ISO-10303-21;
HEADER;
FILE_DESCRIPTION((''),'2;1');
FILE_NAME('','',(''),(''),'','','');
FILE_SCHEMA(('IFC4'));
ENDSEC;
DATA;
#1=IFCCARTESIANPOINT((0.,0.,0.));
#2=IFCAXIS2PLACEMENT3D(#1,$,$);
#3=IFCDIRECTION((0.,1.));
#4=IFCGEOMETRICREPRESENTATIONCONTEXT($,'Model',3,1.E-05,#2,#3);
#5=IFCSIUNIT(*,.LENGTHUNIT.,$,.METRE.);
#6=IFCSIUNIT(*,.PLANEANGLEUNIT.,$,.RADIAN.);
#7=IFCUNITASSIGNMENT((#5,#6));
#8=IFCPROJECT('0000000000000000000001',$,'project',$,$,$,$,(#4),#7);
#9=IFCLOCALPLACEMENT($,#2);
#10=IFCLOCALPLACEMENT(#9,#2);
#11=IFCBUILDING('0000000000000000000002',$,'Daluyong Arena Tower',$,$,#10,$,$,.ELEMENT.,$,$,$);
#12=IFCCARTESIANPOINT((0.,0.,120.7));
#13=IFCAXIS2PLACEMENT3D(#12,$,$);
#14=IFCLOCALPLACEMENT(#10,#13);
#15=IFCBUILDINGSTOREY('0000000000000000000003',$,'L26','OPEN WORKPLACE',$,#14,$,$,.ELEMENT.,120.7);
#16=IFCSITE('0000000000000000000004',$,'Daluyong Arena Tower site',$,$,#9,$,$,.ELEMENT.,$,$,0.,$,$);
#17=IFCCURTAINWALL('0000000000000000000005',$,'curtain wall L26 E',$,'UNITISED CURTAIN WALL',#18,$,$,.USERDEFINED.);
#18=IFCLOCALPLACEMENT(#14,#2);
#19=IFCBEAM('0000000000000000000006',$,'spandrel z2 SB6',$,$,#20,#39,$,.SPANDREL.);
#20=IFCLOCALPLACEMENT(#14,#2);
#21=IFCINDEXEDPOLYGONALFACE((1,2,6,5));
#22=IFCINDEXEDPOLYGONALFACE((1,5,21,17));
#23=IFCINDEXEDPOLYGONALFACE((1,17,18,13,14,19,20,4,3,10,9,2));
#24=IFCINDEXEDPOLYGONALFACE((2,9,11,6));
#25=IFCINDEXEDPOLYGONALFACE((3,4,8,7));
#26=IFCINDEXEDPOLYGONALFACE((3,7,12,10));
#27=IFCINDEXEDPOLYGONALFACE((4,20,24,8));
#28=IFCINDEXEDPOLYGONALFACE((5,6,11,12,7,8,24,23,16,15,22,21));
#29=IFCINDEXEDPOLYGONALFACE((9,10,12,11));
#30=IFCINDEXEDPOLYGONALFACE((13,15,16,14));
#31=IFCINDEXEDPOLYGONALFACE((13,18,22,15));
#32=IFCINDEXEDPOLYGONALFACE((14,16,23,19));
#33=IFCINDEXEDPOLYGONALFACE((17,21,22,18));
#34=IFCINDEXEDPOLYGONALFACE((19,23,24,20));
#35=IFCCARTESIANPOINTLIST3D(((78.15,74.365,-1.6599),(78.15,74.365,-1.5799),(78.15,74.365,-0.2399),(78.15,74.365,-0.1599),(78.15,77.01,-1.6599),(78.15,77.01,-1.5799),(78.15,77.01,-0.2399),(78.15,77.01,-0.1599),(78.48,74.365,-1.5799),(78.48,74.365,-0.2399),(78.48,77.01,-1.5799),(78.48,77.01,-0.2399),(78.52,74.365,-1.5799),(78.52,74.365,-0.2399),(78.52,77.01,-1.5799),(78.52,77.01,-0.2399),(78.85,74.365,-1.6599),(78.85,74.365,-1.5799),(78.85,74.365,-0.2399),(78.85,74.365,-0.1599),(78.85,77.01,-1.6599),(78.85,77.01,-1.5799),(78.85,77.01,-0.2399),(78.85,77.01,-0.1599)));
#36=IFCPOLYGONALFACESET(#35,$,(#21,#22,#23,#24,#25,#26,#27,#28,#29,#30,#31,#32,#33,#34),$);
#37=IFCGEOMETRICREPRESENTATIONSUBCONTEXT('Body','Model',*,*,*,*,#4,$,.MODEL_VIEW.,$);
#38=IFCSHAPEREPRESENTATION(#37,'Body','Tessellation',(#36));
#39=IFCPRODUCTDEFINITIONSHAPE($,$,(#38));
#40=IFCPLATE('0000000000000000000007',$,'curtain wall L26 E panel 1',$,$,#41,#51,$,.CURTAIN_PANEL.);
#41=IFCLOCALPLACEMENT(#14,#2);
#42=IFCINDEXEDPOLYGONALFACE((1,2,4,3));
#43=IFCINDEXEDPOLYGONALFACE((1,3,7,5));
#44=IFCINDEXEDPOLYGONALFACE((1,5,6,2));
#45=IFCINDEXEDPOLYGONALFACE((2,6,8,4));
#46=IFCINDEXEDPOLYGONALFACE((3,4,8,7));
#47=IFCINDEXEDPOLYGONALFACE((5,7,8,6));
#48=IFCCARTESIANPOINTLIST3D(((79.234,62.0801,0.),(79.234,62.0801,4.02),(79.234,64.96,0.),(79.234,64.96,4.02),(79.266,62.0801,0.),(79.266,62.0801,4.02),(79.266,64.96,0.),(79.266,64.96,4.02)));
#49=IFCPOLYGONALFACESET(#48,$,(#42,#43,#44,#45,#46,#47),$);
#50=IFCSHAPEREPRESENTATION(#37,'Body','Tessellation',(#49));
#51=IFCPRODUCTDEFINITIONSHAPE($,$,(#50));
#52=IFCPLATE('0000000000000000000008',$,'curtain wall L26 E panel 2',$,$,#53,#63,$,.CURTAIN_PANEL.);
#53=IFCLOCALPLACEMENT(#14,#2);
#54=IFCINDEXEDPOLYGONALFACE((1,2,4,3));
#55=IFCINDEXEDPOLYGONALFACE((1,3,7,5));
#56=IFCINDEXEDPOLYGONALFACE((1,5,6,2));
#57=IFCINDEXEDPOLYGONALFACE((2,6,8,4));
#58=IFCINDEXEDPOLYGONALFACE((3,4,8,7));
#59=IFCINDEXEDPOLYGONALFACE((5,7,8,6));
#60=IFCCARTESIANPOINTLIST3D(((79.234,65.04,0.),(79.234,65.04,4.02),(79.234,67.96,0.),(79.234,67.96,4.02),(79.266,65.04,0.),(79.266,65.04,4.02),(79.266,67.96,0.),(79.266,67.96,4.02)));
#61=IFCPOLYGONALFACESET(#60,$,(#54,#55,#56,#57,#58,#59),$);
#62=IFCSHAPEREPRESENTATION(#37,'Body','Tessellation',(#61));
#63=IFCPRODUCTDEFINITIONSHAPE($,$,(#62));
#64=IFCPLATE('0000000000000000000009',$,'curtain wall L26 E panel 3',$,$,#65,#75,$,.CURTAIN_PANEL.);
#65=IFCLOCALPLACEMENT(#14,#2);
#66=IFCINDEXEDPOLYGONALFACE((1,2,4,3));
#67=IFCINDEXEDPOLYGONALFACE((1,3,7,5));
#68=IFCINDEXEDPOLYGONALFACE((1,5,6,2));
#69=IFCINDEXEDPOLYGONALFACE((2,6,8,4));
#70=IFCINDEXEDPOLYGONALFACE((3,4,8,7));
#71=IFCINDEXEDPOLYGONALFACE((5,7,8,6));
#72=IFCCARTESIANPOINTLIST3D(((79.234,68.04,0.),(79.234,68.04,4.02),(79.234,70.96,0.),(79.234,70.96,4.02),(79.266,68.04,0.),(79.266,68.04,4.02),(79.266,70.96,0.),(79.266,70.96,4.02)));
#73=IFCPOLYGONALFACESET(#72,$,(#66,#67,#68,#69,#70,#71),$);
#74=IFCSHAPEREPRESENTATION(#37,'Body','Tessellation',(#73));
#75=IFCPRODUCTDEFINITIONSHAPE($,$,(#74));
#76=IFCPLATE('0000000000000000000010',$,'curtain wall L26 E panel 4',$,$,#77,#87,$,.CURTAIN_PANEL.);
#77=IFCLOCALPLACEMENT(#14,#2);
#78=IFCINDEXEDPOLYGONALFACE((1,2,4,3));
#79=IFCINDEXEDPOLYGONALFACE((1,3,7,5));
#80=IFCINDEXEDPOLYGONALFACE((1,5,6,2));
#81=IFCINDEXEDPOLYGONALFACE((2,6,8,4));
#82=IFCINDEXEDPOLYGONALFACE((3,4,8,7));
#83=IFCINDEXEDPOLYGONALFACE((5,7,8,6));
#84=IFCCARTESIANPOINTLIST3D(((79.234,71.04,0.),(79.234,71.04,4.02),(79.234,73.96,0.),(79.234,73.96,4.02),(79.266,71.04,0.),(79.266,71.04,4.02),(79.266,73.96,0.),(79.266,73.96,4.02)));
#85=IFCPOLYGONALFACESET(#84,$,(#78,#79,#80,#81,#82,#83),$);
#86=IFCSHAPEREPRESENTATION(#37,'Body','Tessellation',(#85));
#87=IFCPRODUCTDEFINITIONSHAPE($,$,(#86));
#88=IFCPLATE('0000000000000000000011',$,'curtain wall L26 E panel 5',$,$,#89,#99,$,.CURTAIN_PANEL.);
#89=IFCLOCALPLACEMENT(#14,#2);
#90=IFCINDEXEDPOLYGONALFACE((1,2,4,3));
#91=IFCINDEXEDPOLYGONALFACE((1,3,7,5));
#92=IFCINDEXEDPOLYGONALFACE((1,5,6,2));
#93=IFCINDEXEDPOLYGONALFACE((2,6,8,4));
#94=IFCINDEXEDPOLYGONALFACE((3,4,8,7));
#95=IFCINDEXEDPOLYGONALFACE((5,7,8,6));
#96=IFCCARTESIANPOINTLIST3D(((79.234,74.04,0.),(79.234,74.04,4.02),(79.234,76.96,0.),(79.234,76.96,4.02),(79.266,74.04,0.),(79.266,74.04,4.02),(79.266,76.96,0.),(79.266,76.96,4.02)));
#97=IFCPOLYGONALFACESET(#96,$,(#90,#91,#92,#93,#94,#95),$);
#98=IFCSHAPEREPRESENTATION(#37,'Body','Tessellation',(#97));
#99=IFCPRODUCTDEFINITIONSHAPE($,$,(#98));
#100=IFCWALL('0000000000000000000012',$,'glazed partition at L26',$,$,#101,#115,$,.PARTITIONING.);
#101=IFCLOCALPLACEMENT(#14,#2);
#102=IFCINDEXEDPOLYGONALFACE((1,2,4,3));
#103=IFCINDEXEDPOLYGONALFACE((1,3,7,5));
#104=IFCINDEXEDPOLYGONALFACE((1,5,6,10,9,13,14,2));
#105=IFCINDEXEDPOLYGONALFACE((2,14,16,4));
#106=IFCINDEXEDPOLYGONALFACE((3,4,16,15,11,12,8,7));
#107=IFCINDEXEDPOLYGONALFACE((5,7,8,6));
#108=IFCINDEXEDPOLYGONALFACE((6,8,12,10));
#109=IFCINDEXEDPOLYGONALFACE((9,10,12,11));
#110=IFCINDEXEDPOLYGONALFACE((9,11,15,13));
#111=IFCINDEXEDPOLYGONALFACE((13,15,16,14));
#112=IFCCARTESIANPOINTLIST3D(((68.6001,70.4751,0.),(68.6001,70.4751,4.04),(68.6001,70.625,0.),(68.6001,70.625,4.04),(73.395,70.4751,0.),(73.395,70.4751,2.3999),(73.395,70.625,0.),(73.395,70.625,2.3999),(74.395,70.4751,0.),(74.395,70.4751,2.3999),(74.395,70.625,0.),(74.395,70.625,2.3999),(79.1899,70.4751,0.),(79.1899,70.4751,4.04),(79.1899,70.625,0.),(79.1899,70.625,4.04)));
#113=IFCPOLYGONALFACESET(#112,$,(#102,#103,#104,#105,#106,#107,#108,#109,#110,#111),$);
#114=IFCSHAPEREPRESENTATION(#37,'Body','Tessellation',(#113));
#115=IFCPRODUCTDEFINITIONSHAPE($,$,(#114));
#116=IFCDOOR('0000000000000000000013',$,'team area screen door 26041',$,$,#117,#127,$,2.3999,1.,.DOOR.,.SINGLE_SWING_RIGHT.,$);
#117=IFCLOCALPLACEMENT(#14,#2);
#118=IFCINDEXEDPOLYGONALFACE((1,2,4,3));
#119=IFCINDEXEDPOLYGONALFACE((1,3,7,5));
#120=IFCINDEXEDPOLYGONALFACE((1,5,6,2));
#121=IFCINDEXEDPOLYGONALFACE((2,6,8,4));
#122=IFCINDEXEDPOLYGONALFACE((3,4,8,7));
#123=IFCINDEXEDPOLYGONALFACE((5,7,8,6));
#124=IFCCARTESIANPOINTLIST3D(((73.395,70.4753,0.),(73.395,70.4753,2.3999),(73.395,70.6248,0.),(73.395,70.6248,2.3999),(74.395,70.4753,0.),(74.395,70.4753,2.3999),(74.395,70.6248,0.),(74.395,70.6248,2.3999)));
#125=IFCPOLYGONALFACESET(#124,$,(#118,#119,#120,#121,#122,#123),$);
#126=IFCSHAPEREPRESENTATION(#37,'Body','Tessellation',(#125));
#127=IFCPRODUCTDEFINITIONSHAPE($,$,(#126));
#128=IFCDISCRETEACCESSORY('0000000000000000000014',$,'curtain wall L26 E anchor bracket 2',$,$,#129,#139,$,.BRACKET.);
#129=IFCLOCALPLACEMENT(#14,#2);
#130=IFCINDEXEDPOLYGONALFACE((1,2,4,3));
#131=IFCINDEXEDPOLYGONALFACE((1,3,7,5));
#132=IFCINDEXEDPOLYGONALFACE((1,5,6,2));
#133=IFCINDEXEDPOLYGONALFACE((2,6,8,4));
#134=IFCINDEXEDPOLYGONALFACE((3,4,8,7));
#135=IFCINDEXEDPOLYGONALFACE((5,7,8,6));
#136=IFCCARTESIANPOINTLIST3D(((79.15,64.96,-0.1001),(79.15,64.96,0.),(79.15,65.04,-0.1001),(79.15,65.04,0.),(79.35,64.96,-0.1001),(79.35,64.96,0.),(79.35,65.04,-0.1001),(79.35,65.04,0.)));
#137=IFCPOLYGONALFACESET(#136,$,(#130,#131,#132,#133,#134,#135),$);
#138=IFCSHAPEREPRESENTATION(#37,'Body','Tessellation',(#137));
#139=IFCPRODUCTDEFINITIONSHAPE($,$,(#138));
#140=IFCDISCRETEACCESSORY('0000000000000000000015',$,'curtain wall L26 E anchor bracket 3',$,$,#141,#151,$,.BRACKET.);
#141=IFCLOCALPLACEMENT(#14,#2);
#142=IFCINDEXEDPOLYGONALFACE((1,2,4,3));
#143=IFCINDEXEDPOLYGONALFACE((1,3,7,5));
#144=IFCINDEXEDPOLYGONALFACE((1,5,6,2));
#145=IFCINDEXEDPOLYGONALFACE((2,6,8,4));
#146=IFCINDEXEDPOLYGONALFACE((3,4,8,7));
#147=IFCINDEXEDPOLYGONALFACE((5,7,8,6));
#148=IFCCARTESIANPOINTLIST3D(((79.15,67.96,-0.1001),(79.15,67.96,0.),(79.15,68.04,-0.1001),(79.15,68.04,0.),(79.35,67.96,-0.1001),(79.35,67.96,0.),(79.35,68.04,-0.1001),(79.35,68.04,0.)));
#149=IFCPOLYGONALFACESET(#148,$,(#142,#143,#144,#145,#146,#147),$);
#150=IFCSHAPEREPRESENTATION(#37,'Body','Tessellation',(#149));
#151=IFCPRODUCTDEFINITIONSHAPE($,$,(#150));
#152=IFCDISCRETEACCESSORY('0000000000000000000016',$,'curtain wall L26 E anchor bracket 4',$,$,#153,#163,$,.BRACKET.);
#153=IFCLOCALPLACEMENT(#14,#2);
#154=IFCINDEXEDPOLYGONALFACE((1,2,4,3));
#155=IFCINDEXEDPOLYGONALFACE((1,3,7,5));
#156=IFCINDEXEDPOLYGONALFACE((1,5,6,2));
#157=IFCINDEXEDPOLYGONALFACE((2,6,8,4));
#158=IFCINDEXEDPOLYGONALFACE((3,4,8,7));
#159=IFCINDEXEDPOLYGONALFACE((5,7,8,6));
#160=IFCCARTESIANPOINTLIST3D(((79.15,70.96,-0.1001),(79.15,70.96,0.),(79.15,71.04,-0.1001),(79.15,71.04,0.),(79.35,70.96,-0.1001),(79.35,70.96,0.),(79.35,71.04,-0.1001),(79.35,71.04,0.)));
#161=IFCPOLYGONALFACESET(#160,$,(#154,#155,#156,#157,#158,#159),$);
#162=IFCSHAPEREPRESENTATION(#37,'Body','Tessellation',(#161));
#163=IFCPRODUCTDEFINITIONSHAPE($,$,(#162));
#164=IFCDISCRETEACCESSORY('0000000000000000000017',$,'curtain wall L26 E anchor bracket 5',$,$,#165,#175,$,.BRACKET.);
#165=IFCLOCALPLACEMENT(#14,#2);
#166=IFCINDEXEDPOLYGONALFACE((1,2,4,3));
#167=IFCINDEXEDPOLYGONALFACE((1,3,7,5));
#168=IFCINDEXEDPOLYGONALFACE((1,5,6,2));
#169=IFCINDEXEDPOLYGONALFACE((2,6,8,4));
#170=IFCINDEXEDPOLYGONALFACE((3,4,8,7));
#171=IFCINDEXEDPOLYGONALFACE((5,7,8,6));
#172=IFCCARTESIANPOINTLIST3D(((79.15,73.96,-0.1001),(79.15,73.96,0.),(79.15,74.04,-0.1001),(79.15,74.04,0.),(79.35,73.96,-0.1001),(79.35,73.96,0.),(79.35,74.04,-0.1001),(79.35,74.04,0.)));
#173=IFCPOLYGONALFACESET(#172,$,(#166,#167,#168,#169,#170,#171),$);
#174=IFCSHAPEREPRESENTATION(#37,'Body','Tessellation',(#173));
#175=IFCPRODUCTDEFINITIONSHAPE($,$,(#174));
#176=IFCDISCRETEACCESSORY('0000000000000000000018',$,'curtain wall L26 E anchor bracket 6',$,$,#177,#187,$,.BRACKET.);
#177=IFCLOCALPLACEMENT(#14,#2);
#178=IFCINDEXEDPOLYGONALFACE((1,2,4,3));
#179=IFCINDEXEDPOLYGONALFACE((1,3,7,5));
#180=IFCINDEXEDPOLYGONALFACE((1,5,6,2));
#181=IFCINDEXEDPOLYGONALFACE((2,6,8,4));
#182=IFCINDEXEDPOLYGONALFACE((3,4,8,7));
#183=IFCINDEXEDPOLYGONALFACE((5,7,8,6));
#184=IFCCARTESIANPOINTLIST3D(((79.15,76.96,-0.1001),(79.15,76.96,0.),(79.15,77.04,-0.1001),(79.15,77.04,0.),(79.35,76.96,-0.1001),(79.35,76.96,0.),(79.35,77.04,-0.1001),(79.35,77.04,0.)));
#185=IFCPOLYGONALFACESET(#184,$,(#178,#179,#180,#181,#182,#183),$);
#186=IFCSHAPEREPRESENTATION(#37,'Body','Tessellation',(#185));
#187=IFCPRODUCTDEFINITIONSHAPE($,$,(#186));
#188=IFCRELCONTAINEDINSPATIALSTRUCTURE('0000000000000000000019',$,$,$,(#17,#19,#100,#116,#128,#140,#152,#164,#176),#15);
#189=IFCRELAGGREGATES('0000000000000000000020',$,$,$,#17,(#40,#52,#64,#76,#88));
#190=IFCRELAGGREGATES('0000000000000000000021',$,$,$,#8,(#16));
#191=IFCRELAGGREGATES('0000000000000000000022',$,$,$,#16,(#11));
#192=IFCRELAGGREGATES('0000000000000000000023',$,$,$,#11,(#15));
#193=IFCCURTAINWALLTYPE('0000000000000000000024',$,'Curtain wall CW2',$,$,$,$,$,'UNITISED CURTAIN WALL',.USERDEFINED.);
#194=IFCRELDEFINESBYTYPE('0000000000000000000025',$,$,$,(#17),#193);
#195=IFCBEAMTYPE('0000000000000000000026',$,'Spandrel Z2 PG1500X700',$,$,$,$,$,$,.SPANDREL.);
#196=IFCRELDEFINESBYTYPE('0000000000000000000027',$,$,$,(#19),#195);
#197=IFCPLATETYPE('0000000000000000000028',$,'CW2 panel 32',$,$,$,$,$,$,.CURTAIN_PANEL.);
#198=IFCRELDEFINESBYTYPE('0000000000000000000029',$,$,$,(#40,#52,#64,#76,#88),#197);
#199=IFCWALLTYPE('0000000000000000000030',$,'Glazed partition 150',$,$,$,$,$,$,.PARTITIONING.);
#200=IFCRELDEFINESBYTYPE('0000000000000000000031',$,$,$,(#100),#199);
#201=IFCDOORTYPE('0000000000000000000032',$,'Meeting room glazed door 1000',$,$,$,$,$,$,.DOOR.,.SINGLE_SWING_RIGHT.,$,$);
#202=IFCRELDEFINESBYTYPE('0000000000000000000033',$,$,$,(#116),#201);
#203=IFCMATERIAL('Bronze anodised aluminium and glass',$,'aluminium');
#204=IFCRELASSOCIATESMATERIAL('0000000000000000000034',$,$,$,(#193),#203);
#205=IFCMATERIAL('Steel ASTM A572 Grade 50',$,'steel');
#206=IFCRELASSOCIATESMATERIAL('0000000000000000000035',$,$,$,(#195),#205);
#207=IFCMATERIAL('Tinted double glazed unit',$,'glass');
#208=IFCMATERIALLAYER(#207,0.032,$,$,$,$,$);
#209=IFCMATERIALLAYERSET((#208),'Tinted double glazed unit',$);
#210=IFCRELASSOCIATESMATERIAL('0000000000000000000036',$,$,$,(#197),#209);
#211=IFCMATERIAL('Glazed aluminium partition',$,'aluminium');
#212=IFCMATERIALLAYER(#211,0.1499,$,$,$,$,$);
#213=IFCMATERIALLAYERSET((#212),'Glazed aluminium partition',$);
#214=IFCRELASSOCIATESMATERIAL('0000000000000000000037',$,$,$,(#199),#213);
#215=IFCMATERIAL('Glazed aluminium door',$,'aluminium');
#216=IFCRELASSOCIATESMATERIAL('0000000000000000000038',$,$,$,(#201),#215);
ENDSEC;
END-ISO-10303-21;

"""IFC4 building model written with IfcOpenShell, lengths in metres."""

from ifc_helpers import new_model, si_unit, direction, frame, frame_2d, origin, origin_2d, place, context, subcontext, project, spatial, rectangle, i_section, extrude, material, layer, layer_set, material_profile, profile_set, type_object, element, fill, aggregate, save


model = new_model("IFC4")

# Units and contexts
model_context = context("Model", 3, precision=1e-05, world=origin(), true_north=direction((0.0, 1.0)))
body_context = subcontext(model_context, "Body", "Model", "MODEL_VIEW")
ifc_project = project(units=[si_unit("LENGTHUNIT", "METRE"), si_unit("PLANEANGLEUNIT", "RADIAN")], contexts=[model_context])

# Site, building, storey
site_placement = place(None, origin())
site = spatial("IfcSite", under=ifc_project, at=site_placement, Name="Daluyong Arena Tower site", CompositionType="ELEMENT", RefElevation=0.0)
building_placement = place(site_placement, origin())
building = spatial("IfcBuilding", under=site, at=building_placement, Name="Daluyong Arena Tower", CompositionType="ELEMENT")
storey_placement = place(building_placement, frame((0.0, 0.0, 120.7)))
storey = spatial("IfcBuildingStorey", under=building, at=storey_placement, Name="L26", Description="OPEN WORKPLACE", CompositionType="ELEMENT", Elevation=120.7)

# Curtain wall
ifc_material_1 = material(Name="Bronze anodised aluminium and glass", Category="aluminium")
curtain_wall_type = type_object("IfcCurtainWallType", Name="Curtain wall CW2", ElementType="UNITISED CURTAIN WALL", PredefinedType="USERDEFINED", material=ifc_material_1)
curtain_wall_placement = place(storey_placement, origin())
curtain_wall = element("IfcCurtainWall", 1, at=curtain_wall_placement, inside=storey, type_object=curtain_wall_type, Name="curtain wall L26 E", ObjectType="UNITISED CURTAIN WALL", PredefinedType="USERDEFINED")

# Beam
ifc_material_2 = material(Name="Steel ASTM A572 Grade 50", Category="steel")
ifc_material_profile_1 = material_profile(ifc_material_2, i_section(OverallWidth=0.7, OverallDepth=1.5, WebThickness=0.04, FlangeThickness=0.08, at=origin_2d()))
ifc_profile_set_1 = profile_set([ifc_material_profile_1], Name="Steel ASTM A572 Grade 50")
beam_type_1 = type_object("IfcBeamType", Name="Spandrel Z2 PG1500X700", PredefinedType="SPANDREL", material=ifc_profile_set_1)
for number, where, z_axis, x_axis, name in (
    (2, (78.5, 74.365, -0.9099), (0.0, 1.0, 0.0), (-1.0, 0.0, 0.0), "spandrel z2 SB6"),
):
    element("IfcBeam", number, at=place(storey_placement, frame(where, z_axis=z_axis, x_axis=x_axis)), inside=storey, type_object=beam_type_1, Name=name, PredefinedType="SPANDREL", context=body_context, shape_type="SweptSolid", body=[
        extrude(i_section(OverallWidth=0.7, OverallDepth=1.5, WebThickness=0.04, FlangeThickness=0.08, at=origin_2d()), origin(), (0.0, 0.0, 1.0), 2.645),
    ])

# Plates
ifc_material_3 = material(Name="Tinted double glazed unit", Category="glass")
ifc_layer_1 = layer(ifc_material_3, 0.032)
ifc_layer_set_1 = layer_set([ifc_layer_1], Name="Tinted double glazed unit")
plate_type = type_object("IfcPlateType", Name="CW2 panel 32", PredefinedType="CURTAIN_PANEL", material=ifc_layer_set_1)
plate_1_placement = place(storey_placement, frame((79.25, 63.52, 0.0), z_axis=(0.0, 0.0, 1.0), x_axis=(0.0, 1.0, 0.0)))
plate_1 = element("IfcPlate", 3, at=plate_1_placement, type_object=plate_type, Name="curtain wall L26 E panel 1", PredefinedType="CURTAIN_PANEL", context=body_context, shape_type="SweptSolid", body=[
    extrude(rectangle(XDim=2.8799, YDim=0.032, at=origin_2d()), origin(), (0.0, 0.0, 1.0), 4.02),
])
plate_2_placement = place(storey_placement, frame((79.25, 66.5, 0.0), z_axis=(0.0, 0.0, 1.0), x_axis=(0.0, 1.0, 0.0)))
plate_2 = element("IfcPlate", 4, at=plate_2_placement, type_object=plate_type, Name="curtain wall L26 E panel 2", PredefinedType="CURTAIN_PANEL", context=body_context, shape_type="SweptSolid", body=[
    extrude(rectangle(XDim=2.9199, YDim=0.032, at=origin_2d()), origin(), (0.0, 0.0, 1.0), 4.02),
])
plate_3_placement = place(storey_placement, frame((79.25, 69.5, 0.0), z_axis=(0.0, 0.0, 1.0), x_axis=(0.0, 1.0, 0.0)))
plate_3 = element("IfcPlate", 5, at=plate_3_placement, type_object=plate_type, Name="curtain wall L26 E panel 3", PredefinedType="CURTAIN_PANEL", context=body_context, shape_type="SweptSolid", body=[
    extrude(rectangle(XDim=2.9199, YDim=0.032, at=origin_2d()), origin(), (0.0, 0.0, 1.0), 4.02),
])
plate_4_placement = place(storey_placement, frame((79.25, 72.5, 0.0), z_axis=(0.0, 0.0, 1.0), x_axis=(0.0, 1.0, 0.0)))
plate_4 = element("IfcPlate", 6, at=plate_4_placement, type_object=plate_type, Name="curtain wall L26 E panel 4", PredefinedType="CURTAIN_PANEL", context=body_context, shape_type="SweptSolid", body=[
    extrude(rectangle(XDim=2.9199, YDim=0.032, at=origin_2d()), origin(), (0.0, 0.0, 1.0), 4.02),
])
plate_5_placement = place(storey_placement, frame((79.25, 75.5, 0.0), z_axis=(0.0, 0.0, 1.0), x_axis=(0.0, 1.0, 0.0)))
plate_5 = element("IfcPlate", 7, at=plate_5_placement, type_object=plate_type, Name="curtain wall L26 E panel 5", PredefinedType="CURTAIN_PANEL", context=body_context, shape_type="SweptSolid", body=[
    extrude(rectangle(XDim=2.9199, YDim=0.032, at=origin_2d()), origin(), (0.0, 0.0, 1.0), 4.02),
])
aggregate(curtain_wall, [plate_1, plate_2, plate_3, plate_4, plate_5])

# Wall, opening, door
ifc_material_4 = material(Name="Glazed aluminium partition", Category="aluminium")
ifc_layer_2 = layer(ifc_material_4, 0.1499)
ifc_layer_set_2 = layer_set([ifc_layer_2], Name="Glazed aluminium partition")
wall_type = type_object("IfcWallType", Name="Glazed partition 150", PredefinedType="PARTITIONING", material=ifc_layer_set_2)
wall_placement = place(storey_placement, frame((68.6001, 70.55, 0.0), z_axis=(0.0, 0.0, 1.0), x_axis=(1.0, 0.0, 0.0)))
wall = element("IfcWall", 8, at=wall_placement, inside=storey, type_object=wall_type, Name="glazed partition at L26", PredefinedType="PARTITIONING", context=body_context, shape_type="SweptSolid", body=[
    extrude(rectangle(XDim=10.5898, YDim=0.1499, at=frame_2d((5.2949, 0.0))), origin(), (0.0, 0.0, 1.0), 4.04),
])
opening_placement = place(wall_placement, frame((4.7949, 0.0, 0.0)))
opening = element("IfcOpeningElement", 9, at=opening_placement, cuts=wall, PredefinedType="OPENING", context=body_context, shape_type="SweptSolid", body=[
    extrude(rectangle(XDim=1.0, YDim=2.3999, at=frame_2d((0.5, 1.2))), frame((0.0, 0.085, 0.0), z_axis=(0.0, -1.0, 0.0), x_axis=(1.0, 0.0, 0.0)), (0.0, 0.0, 1.0), 0.1699),
])
ifc_material_5 = material(Name="Glazed aluminium door", Category="aluminium")
door_type = type_object("IfcDoorType", Name="Meeting room glazed door 1000", OperationType="SINGLE_SWING_RIGHT", PredefinedType="DOOR", material=ifc_material_5)
door_placement = place(opening_placement, origin())
door = element("IfcDoor", 10, at=door_placement, inside=storey, type_object=door_type, Name="team area screen door 26041", OperationType="SINGLE_SWING_RIGHT", OverallHeight=2.3999, OverallWidth=1.0, PredefinedType="DOOR", context=body_context, shape_type="SweptSolid", body=[
    extrude(rectangle(XDim=1.0, YDim=2.3999, at=frame_2d((0.5, 1.2))), frame((0.0, 0.0747, 0.0), z_axis=(0.0, -1.0, 0.0), x_axis=(1.0, 0.0, 0.0)), (0.0, 0.0, 1.0), 0.1494),
])
fill(opening, door)

# Discrete accessories
for number, where, z_axis, x_axis, name in (
    (11, (79.25, 65.0, -0.1001), (0.0, 0.0, 1.0), (0.0, 1.0, 0.0), "curtain wall L26 E anchor bracket 2"),
    (12, (79.25, 68.0, -0.1001), (0.0, 0.0, 1.0), (0.0, 1.0, 0.0), "curtain wall L26 E anchor bracket 3"),
    (13, (79.25, 71.0, -0.1001), (0.0, 0.0, 1.0), (0.0, 1.0, 0.0), "curtain wall L26 E anchor bracket 4"),
    (14, (79.25, 74.0, -0.1001), (0.0, 0.0, 1.0), (0.0, 1.0, 0.0), "curtain wall L26 E anchor bracket 5"),
    (15, (79.25, 77.0, -0.1001), (0.0, 0.0, 1.0), (0.0, 1.0, 0.0), "curtain wall L26 E anchor bracket 6"),
):
    element("IfcDiscreteAccessory", number, at=place(storey_placement, frame(where, z_axis=z_axis, x_axis=x_axis)), inside=storey, Name=name, PredefinedType="BRACKET", context=body_context, shape_type="SweptSolid", body=[
        extrude(rectangle(XDim=0.0801, YDim=0.2, at=origin_2d()), origin(), (0.0, 0.0, 1.0), 0.1001),
    ])

save(model, "model.ifc")
